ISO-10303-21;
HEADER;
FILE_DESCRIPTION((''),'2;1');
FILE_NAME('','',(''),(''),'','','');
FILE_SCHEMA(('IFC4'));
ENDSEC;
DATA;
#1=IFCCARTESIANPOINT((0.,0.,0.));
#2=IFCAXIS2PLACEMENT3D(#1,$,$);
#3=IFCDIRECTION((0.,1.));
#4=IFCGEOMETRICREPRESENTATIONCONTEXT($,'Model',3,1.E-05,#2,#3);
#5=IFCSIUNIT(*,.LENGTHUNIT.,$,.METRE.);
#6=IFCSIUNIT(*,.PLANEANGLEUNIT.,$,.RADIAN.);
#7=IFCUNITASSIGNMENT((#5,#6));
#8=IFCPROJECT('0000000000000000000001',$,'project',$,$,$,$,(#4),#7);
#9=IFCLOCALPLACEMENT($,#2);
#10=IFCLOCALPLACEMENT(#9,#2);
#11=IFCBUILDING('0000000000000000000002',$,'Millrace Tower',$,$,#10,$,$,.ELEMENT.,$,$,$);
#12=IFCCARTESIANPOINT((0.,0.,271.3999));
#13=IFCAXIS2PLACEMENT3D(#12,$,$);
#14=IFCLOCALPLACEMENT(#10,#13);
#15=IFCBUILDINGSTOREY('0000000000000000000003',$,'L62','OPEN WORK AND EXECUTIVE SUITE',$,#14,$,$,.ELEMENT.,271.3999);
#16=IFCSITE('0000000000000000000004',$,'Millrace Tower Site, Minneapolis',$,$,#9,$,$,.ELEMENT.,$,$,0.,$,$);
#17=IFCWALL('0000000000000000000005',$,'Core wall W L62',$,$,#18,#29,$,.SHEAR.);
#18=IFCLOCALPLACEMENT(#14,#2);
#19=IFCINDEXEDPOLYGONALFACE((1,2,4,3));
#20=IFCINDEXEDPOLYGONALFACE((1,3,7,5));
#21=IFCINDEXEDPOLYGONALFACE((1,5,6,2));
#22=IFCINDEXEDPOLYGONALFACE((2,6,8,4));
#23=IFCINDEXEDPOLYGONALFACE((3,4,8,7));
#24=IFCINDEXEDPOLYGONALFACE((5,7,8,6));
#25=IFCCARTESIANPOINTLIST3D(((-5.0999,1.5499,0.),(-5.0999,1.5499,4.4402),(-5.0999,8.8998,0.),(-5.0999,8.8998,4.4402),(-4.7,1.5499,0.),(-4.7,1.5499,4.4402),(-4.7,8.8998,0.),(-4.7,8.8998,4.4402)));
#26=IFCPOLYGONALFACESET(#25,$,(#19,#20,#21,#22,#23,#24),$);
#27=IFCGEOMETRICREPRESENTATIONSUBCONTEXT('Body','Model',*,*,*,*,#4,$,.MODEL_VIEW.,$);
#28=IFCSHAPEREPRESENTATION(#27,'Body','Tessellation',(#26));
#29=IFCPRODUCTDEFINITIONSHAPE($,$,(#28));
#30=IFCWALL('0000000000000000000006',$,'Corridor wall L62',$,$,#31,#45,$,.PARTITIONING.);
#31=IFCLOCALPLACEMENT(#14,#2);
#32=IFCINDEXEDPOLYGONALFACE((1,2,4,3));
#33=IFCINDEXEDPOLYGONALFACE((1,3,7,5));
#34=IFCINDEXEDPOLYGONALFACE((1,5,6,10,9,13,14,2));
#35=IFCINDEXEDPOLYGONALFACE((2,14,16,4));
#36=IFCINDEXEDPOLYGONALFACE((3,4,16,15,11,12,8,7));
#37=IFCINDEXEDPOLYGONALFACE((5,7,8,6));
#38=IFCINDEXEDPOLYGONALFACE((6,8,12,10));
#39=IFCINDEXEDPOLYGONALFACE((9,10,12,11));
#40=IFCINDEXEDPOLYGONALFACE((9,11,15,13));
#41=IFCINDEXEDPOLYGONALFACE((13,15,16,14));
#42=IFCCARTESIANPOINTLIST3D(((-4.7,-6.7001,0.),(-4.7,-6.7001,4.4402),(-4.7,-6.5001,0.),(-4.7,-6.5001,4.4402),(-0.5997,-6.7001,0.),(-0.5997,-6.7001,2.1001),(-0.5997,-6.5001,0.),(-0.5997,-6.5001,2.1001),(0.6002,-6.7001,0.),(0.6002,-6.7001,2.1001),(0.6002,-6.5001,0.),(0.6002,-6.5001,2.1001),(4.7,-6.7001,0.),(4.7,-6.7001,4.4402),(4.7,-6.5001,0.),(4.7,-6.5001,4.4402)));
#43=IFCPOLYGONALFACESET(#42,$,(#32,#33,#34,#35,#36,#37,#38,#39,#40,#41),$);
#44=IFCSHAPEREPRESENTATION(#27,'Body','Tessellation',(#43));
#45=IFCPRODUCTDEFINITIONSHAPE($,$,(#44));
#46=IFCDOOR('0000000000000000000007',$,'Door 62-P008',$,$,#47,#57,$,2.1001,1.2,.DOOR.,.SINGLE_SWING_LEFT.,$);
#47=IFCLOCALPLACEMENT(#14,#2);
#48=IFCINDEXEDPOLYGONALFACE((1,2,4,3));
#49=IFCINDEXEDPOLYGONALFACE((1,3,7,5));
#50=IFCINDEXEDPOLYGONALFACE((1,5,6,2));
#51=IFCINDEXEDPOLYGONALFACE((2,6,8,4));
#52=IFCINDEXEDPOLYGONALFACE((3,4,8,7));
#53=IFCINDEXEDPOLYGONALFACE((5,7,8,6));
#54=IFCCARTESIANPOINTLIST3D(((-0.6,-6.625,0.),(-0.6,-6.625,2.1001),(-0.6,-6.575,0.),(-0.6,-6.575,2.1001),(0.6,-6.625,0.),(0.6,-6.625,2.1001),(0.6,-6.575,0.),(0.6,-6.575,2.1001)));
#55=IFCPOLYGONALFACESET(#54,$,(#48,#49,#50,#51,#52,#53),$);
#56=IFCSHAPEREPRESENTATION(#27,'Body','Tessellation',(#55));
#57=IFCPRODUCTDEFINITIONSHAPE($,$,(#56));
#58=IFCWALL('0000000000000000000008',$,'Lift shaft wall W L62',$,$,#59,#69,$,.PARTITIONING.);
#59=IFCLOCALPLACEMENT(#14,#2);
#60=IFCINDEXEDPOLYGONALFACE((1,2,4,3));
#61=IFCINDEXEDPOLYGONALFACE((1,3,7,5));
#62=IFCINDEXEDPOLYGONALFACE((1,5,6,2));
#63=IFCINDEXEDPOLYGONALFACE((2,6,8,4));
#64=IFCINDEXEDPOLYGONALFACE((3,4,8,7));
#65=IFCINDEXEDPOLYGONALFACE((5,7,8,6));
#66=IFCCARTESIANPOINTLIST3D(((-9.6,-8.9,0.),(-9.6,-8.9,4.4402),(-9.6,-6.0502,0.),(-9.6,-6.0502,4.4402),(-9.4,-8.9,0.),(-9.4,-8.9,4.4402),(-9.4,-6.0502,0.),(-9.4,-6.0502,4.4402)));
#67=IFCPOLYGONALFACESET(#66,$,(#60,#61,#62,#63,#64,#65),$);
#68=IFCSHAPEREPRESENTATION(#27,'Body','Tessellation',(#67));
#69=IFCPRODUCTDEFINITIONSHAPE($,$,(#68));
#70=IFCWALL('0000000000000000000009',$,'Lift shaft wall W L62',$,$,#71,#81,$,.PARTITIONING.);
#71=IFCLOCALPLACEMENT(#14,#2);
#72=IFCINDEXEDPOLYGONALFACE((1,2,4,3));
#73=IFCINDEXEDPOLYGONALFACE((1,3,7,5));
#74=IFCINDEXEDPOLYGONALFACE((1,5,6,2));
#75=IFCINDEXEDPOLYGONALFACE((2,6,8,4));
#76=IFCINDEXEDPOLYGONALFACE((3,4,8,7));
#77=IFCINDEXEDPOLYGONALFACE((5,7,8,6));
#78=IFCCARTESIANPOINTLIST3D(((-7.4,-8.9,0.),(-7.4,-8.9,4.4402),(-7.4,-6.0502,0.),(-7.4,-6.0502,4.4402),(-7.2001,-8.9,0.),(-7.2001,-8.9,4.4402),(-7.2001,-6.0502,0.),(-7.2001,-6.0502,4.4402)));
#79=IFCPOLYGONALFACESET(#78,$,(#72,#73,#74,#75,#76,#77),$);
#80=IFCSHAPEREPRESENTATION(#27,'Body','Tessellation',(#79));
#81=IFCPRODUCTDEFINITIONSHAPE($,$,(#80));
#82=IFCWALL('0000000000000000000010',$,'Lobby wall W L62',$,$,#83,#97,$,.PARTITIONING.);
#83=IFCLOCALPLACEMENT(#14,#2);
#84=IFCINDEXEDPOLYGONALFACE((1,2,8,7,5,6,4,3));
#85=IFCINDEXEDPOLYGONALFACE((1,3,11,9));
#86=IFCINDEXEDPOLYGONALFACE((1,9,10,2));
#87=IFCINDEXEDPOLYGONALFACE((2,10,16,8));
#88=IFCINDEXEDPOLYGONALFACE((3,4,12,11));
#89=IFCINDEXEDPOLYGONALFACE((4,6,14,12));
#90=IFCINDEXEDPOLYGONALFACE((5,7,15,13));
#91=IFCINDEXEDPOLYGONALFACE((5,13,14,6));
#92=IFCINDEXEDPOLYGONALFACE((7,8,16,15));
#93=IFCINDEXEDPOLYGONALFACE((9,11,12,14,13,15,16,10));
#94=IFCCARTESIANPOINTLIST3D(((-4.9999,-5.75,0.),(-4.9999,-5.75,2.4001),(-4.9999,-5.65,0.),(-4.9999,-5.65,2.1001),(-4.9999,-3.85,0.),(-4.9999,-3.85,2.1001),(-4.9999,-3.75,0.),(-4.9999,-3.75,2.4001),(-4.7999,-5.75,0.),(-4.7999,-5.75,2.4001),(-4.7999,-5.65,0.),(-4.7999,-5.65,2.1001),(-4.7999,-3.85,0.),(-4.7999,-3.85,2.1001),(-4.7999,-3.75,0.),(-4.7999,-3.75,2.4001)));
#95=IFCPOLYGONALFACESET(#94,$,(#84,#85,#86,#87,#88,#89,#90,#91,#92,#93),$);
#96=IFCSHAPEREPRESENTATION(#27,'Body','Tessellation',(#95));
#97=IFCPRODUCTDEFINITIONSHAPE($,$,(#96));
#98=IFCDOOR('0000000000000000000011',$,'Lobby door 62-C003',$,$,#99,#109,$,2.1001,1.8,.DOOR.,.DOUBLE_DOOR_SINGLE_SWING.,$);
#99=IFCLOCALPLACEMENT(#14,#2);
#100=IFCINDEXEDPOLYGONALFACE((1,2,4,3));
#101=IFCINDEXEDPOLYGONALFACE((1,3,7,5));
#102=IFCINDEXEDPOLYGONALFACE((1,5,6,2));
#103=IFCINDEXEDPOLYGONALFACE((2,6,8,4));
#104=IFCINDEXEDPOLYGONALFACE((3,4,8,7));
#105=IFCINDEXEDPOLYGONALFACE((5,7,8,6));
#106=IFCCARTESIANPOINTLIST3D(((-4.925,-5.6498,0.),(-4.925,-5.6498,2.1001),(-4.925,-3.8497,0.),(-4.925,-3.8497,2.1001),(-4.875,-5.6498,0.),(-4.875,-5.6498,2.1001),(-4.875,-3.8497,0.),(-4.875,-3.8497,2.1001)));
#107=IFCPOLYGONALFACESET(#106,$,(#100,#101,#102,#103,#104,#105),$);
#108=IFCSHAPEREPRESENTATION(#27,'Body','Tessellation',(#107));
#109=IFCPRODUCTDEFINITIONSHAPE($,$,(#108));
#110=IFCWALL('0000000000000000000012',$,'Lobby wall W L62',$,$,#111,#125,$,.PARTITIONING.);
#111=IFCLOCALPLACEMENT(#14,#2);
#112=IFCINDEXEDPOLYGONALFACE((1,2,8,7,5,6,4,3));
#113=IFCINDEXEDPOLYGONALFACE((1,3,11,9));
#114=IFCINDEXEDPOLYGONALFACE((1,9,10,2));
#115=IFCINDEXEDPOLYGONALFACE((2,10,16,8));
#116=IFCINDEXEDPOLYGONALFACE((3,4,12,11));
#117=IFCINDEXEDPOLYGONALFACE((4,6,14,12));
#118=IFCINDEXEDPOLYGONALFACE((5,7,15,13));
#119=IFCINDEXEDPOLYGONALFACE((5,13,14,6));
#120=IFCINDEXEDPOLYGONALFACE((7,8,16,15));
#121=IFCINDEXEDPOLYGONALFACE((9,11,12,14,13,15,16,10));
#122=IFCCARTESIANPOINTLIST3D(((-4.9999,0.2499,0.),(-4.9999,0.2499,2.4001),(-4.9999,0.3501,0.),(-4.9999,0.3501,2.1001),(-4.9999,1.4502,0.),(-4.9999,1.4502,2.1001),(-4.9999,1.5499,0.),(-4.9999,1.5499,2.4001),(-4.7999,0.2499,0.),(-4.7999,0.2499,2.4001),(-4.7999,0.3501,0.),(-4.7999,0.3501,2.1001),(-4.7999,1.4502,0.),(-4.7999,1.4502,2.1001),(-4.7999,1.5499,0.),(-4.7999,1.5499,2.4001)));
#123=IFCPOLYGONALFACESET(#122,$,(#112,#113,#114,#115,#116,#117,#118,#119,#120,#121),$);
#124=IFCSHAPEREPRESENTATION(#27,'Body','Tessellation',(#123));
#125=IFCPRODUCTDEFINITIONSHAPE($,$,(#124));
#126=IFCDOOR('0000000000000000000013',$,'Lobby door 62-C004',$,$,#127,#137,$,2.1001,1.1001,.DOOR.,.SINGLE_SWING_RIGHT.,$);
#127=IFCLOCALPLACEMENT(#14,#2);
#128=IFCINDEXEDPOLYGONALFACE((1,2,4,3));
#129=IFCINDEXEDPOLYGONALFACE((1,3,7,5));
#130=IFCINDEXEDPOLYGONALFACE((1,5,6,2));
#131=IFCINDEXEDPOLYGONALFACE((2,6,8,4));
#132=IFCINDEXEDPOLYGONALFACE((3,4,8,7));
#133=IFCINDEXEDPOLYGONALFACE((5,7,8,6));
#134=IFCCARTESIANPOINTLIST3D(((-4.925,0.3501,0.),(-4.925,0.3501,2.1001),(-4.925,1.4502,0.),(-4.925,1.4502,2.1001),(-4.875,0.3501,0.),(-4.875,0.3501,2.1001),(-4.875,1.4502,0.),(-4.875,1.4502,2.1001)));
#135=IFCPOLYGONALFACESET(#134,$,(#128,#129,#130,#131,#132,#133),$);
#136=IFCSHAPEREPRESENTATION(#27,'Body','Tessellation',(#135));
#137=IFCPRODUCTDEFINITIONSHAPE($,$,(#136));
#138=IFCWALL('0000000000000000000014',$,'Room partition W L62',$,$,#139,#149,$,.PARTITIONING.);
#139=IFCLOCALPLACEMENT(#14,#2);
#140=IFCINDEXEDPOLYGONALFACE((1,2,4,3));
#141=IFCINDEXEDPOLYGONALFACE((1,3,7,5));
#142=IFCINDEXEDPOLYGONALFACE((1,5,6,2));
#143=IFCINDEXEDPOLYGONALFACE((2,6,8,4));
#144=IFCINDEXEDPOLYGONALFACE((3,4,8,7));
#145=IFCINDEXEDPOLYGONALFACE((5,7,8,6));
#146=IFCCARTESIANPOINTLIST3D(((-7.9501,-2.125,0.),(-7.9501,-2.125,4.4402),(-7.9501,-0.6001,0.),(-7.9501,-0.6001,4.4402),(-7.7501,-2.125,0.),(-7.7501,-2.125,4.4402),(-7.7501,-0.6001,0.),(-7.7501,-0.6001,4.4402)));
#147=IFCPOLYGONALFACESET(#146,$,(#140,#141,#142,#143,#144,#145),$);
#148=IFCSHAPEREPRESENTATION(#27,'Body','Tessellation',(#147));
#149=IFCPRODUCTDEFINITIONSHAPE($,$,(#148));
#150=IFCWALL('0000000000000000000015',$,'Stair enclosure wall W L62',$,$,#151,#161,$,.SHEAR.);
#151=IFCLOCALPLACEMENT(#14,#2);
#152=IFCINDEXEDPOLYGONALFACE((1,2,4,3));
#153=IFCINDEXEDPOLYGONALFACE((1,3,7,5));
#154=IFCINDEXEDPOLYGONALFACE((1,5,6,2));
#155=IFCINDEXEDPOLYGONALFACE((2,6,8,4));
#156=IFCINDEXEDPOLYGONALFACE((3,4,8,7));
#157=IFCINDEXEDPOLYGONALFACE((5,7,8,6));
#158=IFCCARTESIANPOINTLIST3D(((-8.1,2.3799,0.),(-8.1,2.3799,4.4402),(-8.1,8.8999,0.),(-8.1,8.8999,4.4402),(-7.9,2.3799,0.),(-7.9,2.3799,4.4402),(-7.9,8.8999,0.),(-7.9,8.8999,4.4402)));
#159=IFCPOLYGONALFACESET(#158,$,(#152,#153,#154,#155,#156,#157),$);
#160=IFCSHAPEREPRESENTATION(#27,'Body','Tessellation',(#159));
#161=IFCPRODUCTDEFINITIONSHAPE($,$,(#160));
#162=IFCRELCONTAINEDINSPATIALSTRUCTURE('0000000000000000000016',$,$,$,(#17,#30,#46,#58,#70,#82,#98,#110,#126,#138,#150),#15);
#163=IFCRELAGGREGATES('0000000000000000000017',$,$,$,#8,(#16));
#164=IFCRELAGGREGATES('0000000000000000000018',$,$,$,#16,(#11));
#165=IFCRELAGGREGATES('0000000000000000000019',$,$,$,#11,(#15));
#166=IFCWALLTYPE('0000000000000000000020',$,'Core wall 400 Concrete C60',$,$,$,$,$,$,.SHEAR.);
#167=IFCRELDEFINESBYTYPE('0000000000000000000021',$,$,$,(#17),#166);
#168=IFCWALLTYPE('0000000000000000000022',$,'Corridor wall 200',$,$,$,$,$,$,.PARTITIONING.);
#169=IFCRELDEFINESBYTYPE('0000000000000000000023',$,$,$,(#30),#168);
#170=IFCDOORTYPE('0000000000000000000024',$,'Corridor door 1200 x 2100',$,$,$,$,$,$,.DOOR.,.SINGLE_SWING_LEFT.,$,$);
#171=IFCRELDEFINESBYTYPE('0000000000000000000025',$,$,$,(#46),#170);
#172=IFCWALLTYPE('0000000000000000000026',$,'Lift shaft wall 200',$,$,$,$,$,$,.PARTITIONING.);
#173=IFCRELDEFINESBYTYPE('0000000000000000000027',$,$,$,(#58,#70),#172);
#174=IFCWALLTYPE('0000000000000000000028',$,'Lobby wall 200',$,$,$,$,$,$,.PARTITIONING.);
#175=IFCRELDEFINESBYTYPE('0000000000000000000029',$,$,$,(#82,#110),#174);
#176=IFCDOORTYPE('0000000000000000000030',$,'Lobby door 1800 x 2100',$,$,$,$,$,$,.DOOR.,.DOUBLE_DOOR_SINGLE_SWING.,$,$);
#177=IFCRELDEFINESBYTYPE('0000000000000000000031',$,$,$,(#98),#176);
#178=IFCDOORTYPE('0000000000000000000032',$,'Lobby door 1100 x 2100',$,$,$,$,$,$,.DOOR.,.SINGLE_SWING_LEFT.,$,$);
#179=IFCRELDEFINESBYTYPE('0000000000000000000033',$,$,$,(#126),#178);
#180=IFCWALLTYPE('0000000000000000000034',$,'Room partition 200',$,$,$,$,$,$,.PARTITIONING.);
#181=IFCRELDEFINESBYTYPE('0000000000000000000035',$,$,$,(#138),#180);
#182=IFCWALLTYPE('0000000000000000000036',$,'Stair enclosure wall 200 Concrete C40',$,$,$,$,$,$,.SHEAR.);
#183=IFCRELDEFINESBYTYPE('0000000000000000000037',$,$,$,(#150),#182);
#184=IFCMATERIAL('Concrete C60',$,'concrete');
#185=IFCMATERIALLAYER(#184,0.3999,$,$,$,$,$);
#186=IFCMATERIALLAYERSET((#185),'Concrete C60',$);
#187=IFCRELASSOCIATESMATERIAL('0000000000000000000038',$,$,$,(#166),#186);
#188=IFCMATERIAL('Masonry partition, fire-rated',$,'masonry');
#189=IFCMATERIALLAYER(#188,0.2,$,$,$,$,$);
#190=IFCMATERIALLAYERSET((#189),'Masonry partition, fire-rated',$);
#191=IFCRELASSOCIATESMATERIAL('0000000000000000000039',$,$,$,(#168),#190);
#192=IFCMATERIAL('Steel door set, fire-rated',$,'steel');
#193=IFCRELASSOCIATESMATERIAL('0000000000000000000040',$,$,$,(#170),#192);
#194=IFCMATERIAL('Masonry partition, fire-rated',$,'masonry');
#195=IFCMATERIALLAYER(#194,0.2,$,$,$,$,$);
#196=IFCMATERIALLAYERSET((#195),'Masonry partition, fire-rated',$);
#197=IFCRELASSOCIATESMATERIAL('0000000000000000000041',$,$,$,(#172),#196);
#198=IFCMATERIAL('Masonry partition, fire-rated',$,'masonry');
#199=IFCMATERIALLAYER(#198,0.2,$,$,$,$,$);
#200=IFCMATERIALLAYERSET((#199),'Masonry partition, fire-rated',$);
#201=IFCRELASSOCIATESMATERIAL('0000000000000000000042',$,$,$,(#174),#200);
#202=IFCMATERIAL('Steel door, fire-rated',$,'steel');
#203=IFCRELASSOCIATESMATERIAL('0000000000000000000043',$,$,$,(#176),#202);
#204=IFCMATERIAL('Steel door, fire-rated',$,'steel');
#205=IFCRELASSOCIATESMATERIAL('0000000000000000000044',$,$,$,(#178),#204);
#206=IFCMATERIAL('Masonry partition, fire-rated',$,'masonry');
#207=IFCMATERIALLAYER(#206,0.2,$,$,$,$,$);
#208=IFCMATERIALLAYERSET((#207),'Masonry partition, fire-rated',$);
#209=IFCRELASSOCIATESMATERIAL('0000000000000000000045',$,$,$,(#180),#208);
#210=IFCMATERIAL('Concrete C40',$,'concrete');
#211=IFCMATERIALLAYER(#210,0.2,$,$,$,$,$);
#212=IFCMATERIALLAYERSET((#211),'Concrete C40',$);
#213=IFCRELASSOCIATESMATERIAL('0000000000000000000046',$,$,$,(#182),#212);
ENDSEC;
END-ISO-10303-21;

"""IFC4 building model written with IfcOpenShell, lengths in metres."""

from ifc_helpers import new_model, si_unit, direction, frame, frame_2d, origin, place, context, subcontext, project, spatial, rectangle, extrude, material, layer, layer_set, type_object, element, fill, save


model = new_model("IFC4")

# Units and contexts
model_context = context("Model", 3, precision=1e-05, world=origin(), true_north=direction((0.0, 1.0)))
body_context = subcontext(model_context, "Body", "Model", "MODEL_VIEW")
ifc_project = project(units=[si_unit("LENGTHUNIT", "METRE"), si_unit("PLANEANGLEUNIT", "RADIAN")], contexts=[model_context])

# Site, building, storey
site_placement = place(None, origin())
site = spatial("IfcSite", under=ifc_project, at=site_placement, Name="Millrace Tower Site, Minneapolis", CompositionType="ELEMENT", RefElevation=0.0)
building_placement = place(site_placement, origin())
building = spatial("IfcBuilding", under=site, at=building_placement, Name="Millrace Tower", CompositionType="ELEMENT")
storey_placement = place(building_placement, frame((0.0, 0.0, 271.3999)))
storey = spatial("IfcBuildingStorey", under=building, at=storey_placement, Name="L62", Description="OPEN WORK AND EXECUTIVE SUITE", CompositionType="ELEMENT", Elevation=271.3999)

# Wall
ifc_material_1 = material(Name="Concrete C60", Category="concrete")
ifc_layer_1 = layer(ifc_material_1, 0.3999)
ifc_layer_set_1 = layer_set([ifc_layer_1], Name="Concrete C60")
wall_type_1 = type_object("IfcWallType", Name="Core wall 400 Concrete C60", PredefinedType="SHEAR", material=ifc_layer_set_1)
wall_1_placement = place(storey_placement, frame((-4.8999, 1.55, 0.0), z_axis=(0.0, 0.0, 1.0), x_axis=(0.0, 1.0, 0.0)))
element("IfcWall", 1, at=wall_1_placement, inside=storey, type_object=wall_type_1, Name="Core wall W L62", PredefinedType="SHEAR", context=body_context, shape_type="SweptSolid", body=[
    extrude(rectangle(XDim=7.3499, YDim=0.3999, at=frame_2d((3.6748, 0.0))), origin(), (0.0, 0.0, 1.0), 4.4402),
])

# Wall, opening, door
ifc_material_2 = material(Name="Masonry partition, fire-rated", Category="masonry")
ifc_layer_2 = layer(ifc_material_2, 0.2)
ifc_layer_set_2 = layer_set([ifc_layer_2], Name="Masonry partition, fire-rated")
wall_type_2 = type_object("IfcWallType", Name="Corridor wall 200", PredefinedType="PARTITIONING", material=ifc_layer_set_2)
wall_2_placement = place(storey_placement, frame((-4.7, -6.6001, 0.0), z_axis=(0.0, 0.0, 1.0), x_axis=(1.0, 0.0, 0.0)))
wall_2 = element("IfcWall", 2, at=wall_2_placement, inside=storey, type_object=wall_type_2, Name="Corridor wall L62", PredefinedType="PARTITIONING", context=body_context, shape_type="SweptSolid", body=[
    extrude(rectangle(XDim=9.3999, YDim=0.2, at=frame_2d((4.7, 0.0))), origin(), (0.0, 0.0, 1.0), 4.4402),
])
opening_1_placement = place(wall_2_placement, frame((4.1001, 0.0, 0.0)))
opening_1 = element("IfcOpeningElement", 3, at=opening_1_placement, cuts=wall_2, PredefinedType="OPENING", context=body_context, shape_type="SweptSolid", body=[
    extrude(rectangle(XDim=1.2, YDim=2.1001, at=frame_2d((0.6001, 1.05))), frame((0.0, 0.1099, 0.0), z_axis=(0.0, -1.0, 0.0), x_axis=(1.0, 0.0, 0.0)), (0.0, 0.0, 1.0), 0.22),
])
ifc_material_3 = material(Name="Steel door set, fire-rated", Category="steel")
door_type_1 = type_object("IfcDoorType", Name="Corridor door 1200 x 2100", OperationType="SINGLE_SWING_LEFT", PredefinedType="DOOR", material=ifc_material_3)
door_1_placement = place(opening_1_placement, frame((1.2, 0.0, 0.0), z_axis=(0.0, 0.0, 1.0), x_axis=(-1.0, 0.0, 0.0)))
door_1 = element("IfcDoor", 4, at=door_1_placement, inside=storey, type_object=door_type_1, Name="Door 62-P008", OperationType="SINGLE_SWING_LEFT", OverallHeight=2.1001, OverallWidth=1.2, PredefinedType="DOOR", context=body_context, shape_type="SweptSolid", body=[
    extrude(rectangle(XDim=1.2, YDim=2.1001, at=frame_2d((0.6001, 1.05))), frame((0.0, 0.0249, 0.0), z_axis=(0.0, -1.0, 0.0), x_axis=(1.0, 0.0, 0.0)), (0.0, 0.0, 1.0), 0.05),
])
fill(opening_1, door_1)

# Walls
ifc_material_4 = material(Name="Masonry partition, fire-rated", Category="masonry")
ifc_layer_3 = layer(ifc_material_4, 0.2)
ifc_layer_set_3 = layer_set([ifc_layer_3], Name="Masonry partition, fire-rated")
wall_type_3 = type_object("IfcWallType", Name="Lift shaft wall 200", PredefinedType="PARTITIONING", material=ifc_layer_set_3)
for number, where, z_axis, x_axis, name in (
    (5, (-9.5, -8.8999, 0.0), (0.0, 0.0, 1.0), (0.0, 1.0, 0.0), "Lift shaft wall W L62"),
    (6, (-7.3, -8.8999, 0.0), (0.0, 0.0, 1.0), (0.0, 1.0, 0.0), "Lift shaft wall W L62"),
):
    element("IfcWall", number, at=place(storey_placement, frame(where, z_axis=z_axis, x_axis=x_axis)), inside=storey, type_object=wall_type_3, Name=name, PredefinedType="PARTITIONING", context=body_context, shape_type="SweptSolid", body=[
        extrude(rectangle(XDim=2.8499, YDim=0.2, at=frame_2d((1.4248, 0.0))), origin(), (0.0, 0.0, 1.0), 4.4402),
    ])

# Walls, openings, doors
ifc_material_5 = material(Name="Masonry partition, fire-rated", Category="masonry")
ifc_layer_4 = layer(ifc_material_5, 0.2)
ifc_layer_set_4 = layer_set([ifc_layer_4], Name="Masonry partition, fire-rated")
wall_type_4 = type_object("IfcWallType", Name="Lobby wall 200", PredefinedType="PARTITIONING", material=ifc_layer_set_4)
wall_3_placement = place(storey_placement, frame((-4.8999, -5.75, 0.0), z_axis=(0.0, 0.0, 1.0), x_axis=(0.0, 1.0, 0.0)))
wall_3 = element("IfcWall", 7, at=wall_3_placement, inside=storey, type_object=wall_type_4, Name="Lobby wall W L62", PredefinedType="PARTITIONING", context=body_context, shape_type="SweptSolid", body=[
    extrude(rectangle(XDim=2.0, YDim=0.2, at=frame_2d((1.0, 0.0))), origin(), (0.0, 0.0, 1.0), 2.4001),
])
opening_2_placement = place(wall_3_placement, frame((0.1001, 0.0, 0.0)))
opening_2 = element("IfcOpeningElement", 8, at=opening_2_placement, cuts=wall_3, PredefinedType="OPENING", context=body_context, shape_type="SweptSolid", body=[
    extrude(rectangle(XDim=1.8, YDim=2.1001, at=frame_2d((0.8999, 1.05))), frame((0.0, 0.1099, 0.0), z_axis=(0.0, -1.0, 0.0), x_axis=(1.0, 0.0, 0.0)), (0.0, 0.0, 1.0), 0.22),
])
ifc_material_6 = material(Name="Steel door, fire-rated", Category="steel")
door_type_2 = type_object("IfcDoorType", Name="Lobby door 1800 x 2100", OperationType="DOUBLE_DOOR_SINGLE_SWING", PredefinedType="DOOR", material=ifc_material_6)
door_2_placement = place(opening_2_placement, frame((1.8, 0.0, 0.0), z_axis=(0.0, 0.0, 1.0), x_axis=(-1.0, 0.0, 0.0)))
door_2 = element("IfcDoor", 9, at=door_2_placement, inside=storey, type_object=door_type_2, Name="Lobby door 62-C003", OperationType="DOUBLE_DOOR_SINGLE_SWING", OverallHeight=2.1001, OverallWidth=1.8, PredefinedType="DOOR", context=body_context, shape_type="SweptSolid", body=[
    extrude(rectangle(XDim=1.8, YDim=2.1001, at=frame_2d((0.8999, 1.05))), frame((0.0, 0.0249, 0.0), z_axis=(0.0, -1.0, 0.0), x_axis=(1.0, 0.0, 0.0)), (0.0, 0.0, 1.0), 0.05),
])
fill(opening_2, door_2)
wall_4_placement = place(storey_placement, frame((-4.8999, 0.25, 0.0), z_axis=(0.0, 0.0, 1.0), x_axis=(0.0, 1.0, 0.0)))
wall_4 = element("IfcWall", 10, at=wall_4_placement, inside=storey, type_object=wall_type_4, Name="Lobby wall W L62", PredefinedType="PARTITIONING", context=body_context, shape_type="SweptSolid", body=[
    extrude(rectangle(XDim=1.3, YDim=0.2, at=frame_2d((0.6499, 0.0))), origin(), (0.0, 0.0, 1.0), 2.4001),
])
opening_3_placement = place(wall_4_placement, frame((0.1001, 0.0, 0.0)))
opening_3 = element("IfcOpeningElement", 11, at=opening_3_placement, cuts=wall_4, PredefinedType="OPENING", context=body_context, shape_type="SweptSolid", body=[
    extrude(rectangle(XDim=1.1001, YDim=2.1001, at=frame_2d((0.55, 1.05))), frame((0.0, 0.1099, 0.0), z_axis=(0.0, -1.0, 0.0), x_axis=(1.0, 0.0, 0.0)), (0.0, 0.0, 1.0), 0.22),
])
ifc_material_7 = material(Name="Steel door, fire-rated", Category="steel")
door_type_3 = type_object("IfcDoorType", Name="Lobby door 1100 x 2100", OperationType="SINGLE_SWING_LEFT", PredefinedType="DOOR", material=ifc_material_7)
door_3_placement = place(opening_3_placement, frame((1.1001, 0.0, 0.0), z_axis=(0.0, 0.0, 1.0), x_axis=(-1.0, 0.0, 0.0)))
door_3 = element("IfcDoor", 12, at=door_3_placement, inside=storey, type_object=door_type_3, Name="Lobby door 62-C004", OperationType="SINGLE_SWING_RIGHT", OverallHeight=2.1001, OverallWidth=1.1001, PredefinedType="DOOR", context=body_context, shape_type="SweptSolid", body=[
    extrude(rectangle(XDim=1.1001, YDim=2.1001, at=frame_2d((0.55, 1.05))), frame((0.0, 0.0249, 0.0), z_axis=(0.0, -1.0, 0.0), x_axis=(1.0, 0.0, 0.0)), (0.0, 0.0, 1.0), 0.05),
])
fill(opening_3, door_3)

# Walls
ifc_material_8 = material(Name="Masonry partition, fire-rated", Category="masonry")
ifc_layer_5 = layer(ifc_material_8, 0.2)
ifc_layer_set_5 = layer_set([ifc_layer_5], Name="Masonry partition, fire-rated")
wall_type_5 = type_object("IfcWallType", Name="Room partition 200", PredefinedType="PARTITIONING", material=ifc_layer_set_5)
wall_5_placement = place(storey_placement, frame((-7.8501, -2.125, 0.0), z_axis=(0.0, 0.0, 1.0), x_axis=(0.0, 1.0, 0.0)))
element("IfcWall", 13, at=wall_5_placement, inside=storey, type_object=wall_type_5, Name="Room partition W L62", PredefinedType="PARTITIONING", context=body_context, shape_type="SweptSolid", body=[
    extrude(rectangle(XDim=1.5249, YDim=0.2, at=frame_2d((0.7625, 0.0))), origin(), (0.0, 0.0, 1.0), 4.4402),
])
ifc_material_9 = material(Name="Concrete C40", Category="concrete")
ifc_layer_6 = layer(ifc_material_9, 0.2)
ifc_layer_set_6 = layer_set([ifc_layer_6], Name="Concrete C40")
wall_type_6 = type_object("IfcWallType", Name="Stair enclosure wall 200 Concrete C40", PredefinedType="SHEAR", material=ifc_layer_set_6)
wall_6_placement = place(storey_placement, frame((-8.0, 2.3799, 0.0), z_axis=(0.0, 0.0, 1.0), x_axis=(0.0, 1.0, 0.0)))
element("IfcWall", 14, at=wall_6_placement, inside=storey, type_object=wall_type_6, Name="Stair enclosure wall W L62", PredefinedType="SHEAR", context=body_context, shape_type="SweptSolid", body=[
    extrude(rectangle(XDim=6.52, YDim=0.2, at=frame_2d((3.26, 0.0))), origin(), (0.0, 0.0, 1.0), 4.4402),
])

save(model, "model.ifc")
